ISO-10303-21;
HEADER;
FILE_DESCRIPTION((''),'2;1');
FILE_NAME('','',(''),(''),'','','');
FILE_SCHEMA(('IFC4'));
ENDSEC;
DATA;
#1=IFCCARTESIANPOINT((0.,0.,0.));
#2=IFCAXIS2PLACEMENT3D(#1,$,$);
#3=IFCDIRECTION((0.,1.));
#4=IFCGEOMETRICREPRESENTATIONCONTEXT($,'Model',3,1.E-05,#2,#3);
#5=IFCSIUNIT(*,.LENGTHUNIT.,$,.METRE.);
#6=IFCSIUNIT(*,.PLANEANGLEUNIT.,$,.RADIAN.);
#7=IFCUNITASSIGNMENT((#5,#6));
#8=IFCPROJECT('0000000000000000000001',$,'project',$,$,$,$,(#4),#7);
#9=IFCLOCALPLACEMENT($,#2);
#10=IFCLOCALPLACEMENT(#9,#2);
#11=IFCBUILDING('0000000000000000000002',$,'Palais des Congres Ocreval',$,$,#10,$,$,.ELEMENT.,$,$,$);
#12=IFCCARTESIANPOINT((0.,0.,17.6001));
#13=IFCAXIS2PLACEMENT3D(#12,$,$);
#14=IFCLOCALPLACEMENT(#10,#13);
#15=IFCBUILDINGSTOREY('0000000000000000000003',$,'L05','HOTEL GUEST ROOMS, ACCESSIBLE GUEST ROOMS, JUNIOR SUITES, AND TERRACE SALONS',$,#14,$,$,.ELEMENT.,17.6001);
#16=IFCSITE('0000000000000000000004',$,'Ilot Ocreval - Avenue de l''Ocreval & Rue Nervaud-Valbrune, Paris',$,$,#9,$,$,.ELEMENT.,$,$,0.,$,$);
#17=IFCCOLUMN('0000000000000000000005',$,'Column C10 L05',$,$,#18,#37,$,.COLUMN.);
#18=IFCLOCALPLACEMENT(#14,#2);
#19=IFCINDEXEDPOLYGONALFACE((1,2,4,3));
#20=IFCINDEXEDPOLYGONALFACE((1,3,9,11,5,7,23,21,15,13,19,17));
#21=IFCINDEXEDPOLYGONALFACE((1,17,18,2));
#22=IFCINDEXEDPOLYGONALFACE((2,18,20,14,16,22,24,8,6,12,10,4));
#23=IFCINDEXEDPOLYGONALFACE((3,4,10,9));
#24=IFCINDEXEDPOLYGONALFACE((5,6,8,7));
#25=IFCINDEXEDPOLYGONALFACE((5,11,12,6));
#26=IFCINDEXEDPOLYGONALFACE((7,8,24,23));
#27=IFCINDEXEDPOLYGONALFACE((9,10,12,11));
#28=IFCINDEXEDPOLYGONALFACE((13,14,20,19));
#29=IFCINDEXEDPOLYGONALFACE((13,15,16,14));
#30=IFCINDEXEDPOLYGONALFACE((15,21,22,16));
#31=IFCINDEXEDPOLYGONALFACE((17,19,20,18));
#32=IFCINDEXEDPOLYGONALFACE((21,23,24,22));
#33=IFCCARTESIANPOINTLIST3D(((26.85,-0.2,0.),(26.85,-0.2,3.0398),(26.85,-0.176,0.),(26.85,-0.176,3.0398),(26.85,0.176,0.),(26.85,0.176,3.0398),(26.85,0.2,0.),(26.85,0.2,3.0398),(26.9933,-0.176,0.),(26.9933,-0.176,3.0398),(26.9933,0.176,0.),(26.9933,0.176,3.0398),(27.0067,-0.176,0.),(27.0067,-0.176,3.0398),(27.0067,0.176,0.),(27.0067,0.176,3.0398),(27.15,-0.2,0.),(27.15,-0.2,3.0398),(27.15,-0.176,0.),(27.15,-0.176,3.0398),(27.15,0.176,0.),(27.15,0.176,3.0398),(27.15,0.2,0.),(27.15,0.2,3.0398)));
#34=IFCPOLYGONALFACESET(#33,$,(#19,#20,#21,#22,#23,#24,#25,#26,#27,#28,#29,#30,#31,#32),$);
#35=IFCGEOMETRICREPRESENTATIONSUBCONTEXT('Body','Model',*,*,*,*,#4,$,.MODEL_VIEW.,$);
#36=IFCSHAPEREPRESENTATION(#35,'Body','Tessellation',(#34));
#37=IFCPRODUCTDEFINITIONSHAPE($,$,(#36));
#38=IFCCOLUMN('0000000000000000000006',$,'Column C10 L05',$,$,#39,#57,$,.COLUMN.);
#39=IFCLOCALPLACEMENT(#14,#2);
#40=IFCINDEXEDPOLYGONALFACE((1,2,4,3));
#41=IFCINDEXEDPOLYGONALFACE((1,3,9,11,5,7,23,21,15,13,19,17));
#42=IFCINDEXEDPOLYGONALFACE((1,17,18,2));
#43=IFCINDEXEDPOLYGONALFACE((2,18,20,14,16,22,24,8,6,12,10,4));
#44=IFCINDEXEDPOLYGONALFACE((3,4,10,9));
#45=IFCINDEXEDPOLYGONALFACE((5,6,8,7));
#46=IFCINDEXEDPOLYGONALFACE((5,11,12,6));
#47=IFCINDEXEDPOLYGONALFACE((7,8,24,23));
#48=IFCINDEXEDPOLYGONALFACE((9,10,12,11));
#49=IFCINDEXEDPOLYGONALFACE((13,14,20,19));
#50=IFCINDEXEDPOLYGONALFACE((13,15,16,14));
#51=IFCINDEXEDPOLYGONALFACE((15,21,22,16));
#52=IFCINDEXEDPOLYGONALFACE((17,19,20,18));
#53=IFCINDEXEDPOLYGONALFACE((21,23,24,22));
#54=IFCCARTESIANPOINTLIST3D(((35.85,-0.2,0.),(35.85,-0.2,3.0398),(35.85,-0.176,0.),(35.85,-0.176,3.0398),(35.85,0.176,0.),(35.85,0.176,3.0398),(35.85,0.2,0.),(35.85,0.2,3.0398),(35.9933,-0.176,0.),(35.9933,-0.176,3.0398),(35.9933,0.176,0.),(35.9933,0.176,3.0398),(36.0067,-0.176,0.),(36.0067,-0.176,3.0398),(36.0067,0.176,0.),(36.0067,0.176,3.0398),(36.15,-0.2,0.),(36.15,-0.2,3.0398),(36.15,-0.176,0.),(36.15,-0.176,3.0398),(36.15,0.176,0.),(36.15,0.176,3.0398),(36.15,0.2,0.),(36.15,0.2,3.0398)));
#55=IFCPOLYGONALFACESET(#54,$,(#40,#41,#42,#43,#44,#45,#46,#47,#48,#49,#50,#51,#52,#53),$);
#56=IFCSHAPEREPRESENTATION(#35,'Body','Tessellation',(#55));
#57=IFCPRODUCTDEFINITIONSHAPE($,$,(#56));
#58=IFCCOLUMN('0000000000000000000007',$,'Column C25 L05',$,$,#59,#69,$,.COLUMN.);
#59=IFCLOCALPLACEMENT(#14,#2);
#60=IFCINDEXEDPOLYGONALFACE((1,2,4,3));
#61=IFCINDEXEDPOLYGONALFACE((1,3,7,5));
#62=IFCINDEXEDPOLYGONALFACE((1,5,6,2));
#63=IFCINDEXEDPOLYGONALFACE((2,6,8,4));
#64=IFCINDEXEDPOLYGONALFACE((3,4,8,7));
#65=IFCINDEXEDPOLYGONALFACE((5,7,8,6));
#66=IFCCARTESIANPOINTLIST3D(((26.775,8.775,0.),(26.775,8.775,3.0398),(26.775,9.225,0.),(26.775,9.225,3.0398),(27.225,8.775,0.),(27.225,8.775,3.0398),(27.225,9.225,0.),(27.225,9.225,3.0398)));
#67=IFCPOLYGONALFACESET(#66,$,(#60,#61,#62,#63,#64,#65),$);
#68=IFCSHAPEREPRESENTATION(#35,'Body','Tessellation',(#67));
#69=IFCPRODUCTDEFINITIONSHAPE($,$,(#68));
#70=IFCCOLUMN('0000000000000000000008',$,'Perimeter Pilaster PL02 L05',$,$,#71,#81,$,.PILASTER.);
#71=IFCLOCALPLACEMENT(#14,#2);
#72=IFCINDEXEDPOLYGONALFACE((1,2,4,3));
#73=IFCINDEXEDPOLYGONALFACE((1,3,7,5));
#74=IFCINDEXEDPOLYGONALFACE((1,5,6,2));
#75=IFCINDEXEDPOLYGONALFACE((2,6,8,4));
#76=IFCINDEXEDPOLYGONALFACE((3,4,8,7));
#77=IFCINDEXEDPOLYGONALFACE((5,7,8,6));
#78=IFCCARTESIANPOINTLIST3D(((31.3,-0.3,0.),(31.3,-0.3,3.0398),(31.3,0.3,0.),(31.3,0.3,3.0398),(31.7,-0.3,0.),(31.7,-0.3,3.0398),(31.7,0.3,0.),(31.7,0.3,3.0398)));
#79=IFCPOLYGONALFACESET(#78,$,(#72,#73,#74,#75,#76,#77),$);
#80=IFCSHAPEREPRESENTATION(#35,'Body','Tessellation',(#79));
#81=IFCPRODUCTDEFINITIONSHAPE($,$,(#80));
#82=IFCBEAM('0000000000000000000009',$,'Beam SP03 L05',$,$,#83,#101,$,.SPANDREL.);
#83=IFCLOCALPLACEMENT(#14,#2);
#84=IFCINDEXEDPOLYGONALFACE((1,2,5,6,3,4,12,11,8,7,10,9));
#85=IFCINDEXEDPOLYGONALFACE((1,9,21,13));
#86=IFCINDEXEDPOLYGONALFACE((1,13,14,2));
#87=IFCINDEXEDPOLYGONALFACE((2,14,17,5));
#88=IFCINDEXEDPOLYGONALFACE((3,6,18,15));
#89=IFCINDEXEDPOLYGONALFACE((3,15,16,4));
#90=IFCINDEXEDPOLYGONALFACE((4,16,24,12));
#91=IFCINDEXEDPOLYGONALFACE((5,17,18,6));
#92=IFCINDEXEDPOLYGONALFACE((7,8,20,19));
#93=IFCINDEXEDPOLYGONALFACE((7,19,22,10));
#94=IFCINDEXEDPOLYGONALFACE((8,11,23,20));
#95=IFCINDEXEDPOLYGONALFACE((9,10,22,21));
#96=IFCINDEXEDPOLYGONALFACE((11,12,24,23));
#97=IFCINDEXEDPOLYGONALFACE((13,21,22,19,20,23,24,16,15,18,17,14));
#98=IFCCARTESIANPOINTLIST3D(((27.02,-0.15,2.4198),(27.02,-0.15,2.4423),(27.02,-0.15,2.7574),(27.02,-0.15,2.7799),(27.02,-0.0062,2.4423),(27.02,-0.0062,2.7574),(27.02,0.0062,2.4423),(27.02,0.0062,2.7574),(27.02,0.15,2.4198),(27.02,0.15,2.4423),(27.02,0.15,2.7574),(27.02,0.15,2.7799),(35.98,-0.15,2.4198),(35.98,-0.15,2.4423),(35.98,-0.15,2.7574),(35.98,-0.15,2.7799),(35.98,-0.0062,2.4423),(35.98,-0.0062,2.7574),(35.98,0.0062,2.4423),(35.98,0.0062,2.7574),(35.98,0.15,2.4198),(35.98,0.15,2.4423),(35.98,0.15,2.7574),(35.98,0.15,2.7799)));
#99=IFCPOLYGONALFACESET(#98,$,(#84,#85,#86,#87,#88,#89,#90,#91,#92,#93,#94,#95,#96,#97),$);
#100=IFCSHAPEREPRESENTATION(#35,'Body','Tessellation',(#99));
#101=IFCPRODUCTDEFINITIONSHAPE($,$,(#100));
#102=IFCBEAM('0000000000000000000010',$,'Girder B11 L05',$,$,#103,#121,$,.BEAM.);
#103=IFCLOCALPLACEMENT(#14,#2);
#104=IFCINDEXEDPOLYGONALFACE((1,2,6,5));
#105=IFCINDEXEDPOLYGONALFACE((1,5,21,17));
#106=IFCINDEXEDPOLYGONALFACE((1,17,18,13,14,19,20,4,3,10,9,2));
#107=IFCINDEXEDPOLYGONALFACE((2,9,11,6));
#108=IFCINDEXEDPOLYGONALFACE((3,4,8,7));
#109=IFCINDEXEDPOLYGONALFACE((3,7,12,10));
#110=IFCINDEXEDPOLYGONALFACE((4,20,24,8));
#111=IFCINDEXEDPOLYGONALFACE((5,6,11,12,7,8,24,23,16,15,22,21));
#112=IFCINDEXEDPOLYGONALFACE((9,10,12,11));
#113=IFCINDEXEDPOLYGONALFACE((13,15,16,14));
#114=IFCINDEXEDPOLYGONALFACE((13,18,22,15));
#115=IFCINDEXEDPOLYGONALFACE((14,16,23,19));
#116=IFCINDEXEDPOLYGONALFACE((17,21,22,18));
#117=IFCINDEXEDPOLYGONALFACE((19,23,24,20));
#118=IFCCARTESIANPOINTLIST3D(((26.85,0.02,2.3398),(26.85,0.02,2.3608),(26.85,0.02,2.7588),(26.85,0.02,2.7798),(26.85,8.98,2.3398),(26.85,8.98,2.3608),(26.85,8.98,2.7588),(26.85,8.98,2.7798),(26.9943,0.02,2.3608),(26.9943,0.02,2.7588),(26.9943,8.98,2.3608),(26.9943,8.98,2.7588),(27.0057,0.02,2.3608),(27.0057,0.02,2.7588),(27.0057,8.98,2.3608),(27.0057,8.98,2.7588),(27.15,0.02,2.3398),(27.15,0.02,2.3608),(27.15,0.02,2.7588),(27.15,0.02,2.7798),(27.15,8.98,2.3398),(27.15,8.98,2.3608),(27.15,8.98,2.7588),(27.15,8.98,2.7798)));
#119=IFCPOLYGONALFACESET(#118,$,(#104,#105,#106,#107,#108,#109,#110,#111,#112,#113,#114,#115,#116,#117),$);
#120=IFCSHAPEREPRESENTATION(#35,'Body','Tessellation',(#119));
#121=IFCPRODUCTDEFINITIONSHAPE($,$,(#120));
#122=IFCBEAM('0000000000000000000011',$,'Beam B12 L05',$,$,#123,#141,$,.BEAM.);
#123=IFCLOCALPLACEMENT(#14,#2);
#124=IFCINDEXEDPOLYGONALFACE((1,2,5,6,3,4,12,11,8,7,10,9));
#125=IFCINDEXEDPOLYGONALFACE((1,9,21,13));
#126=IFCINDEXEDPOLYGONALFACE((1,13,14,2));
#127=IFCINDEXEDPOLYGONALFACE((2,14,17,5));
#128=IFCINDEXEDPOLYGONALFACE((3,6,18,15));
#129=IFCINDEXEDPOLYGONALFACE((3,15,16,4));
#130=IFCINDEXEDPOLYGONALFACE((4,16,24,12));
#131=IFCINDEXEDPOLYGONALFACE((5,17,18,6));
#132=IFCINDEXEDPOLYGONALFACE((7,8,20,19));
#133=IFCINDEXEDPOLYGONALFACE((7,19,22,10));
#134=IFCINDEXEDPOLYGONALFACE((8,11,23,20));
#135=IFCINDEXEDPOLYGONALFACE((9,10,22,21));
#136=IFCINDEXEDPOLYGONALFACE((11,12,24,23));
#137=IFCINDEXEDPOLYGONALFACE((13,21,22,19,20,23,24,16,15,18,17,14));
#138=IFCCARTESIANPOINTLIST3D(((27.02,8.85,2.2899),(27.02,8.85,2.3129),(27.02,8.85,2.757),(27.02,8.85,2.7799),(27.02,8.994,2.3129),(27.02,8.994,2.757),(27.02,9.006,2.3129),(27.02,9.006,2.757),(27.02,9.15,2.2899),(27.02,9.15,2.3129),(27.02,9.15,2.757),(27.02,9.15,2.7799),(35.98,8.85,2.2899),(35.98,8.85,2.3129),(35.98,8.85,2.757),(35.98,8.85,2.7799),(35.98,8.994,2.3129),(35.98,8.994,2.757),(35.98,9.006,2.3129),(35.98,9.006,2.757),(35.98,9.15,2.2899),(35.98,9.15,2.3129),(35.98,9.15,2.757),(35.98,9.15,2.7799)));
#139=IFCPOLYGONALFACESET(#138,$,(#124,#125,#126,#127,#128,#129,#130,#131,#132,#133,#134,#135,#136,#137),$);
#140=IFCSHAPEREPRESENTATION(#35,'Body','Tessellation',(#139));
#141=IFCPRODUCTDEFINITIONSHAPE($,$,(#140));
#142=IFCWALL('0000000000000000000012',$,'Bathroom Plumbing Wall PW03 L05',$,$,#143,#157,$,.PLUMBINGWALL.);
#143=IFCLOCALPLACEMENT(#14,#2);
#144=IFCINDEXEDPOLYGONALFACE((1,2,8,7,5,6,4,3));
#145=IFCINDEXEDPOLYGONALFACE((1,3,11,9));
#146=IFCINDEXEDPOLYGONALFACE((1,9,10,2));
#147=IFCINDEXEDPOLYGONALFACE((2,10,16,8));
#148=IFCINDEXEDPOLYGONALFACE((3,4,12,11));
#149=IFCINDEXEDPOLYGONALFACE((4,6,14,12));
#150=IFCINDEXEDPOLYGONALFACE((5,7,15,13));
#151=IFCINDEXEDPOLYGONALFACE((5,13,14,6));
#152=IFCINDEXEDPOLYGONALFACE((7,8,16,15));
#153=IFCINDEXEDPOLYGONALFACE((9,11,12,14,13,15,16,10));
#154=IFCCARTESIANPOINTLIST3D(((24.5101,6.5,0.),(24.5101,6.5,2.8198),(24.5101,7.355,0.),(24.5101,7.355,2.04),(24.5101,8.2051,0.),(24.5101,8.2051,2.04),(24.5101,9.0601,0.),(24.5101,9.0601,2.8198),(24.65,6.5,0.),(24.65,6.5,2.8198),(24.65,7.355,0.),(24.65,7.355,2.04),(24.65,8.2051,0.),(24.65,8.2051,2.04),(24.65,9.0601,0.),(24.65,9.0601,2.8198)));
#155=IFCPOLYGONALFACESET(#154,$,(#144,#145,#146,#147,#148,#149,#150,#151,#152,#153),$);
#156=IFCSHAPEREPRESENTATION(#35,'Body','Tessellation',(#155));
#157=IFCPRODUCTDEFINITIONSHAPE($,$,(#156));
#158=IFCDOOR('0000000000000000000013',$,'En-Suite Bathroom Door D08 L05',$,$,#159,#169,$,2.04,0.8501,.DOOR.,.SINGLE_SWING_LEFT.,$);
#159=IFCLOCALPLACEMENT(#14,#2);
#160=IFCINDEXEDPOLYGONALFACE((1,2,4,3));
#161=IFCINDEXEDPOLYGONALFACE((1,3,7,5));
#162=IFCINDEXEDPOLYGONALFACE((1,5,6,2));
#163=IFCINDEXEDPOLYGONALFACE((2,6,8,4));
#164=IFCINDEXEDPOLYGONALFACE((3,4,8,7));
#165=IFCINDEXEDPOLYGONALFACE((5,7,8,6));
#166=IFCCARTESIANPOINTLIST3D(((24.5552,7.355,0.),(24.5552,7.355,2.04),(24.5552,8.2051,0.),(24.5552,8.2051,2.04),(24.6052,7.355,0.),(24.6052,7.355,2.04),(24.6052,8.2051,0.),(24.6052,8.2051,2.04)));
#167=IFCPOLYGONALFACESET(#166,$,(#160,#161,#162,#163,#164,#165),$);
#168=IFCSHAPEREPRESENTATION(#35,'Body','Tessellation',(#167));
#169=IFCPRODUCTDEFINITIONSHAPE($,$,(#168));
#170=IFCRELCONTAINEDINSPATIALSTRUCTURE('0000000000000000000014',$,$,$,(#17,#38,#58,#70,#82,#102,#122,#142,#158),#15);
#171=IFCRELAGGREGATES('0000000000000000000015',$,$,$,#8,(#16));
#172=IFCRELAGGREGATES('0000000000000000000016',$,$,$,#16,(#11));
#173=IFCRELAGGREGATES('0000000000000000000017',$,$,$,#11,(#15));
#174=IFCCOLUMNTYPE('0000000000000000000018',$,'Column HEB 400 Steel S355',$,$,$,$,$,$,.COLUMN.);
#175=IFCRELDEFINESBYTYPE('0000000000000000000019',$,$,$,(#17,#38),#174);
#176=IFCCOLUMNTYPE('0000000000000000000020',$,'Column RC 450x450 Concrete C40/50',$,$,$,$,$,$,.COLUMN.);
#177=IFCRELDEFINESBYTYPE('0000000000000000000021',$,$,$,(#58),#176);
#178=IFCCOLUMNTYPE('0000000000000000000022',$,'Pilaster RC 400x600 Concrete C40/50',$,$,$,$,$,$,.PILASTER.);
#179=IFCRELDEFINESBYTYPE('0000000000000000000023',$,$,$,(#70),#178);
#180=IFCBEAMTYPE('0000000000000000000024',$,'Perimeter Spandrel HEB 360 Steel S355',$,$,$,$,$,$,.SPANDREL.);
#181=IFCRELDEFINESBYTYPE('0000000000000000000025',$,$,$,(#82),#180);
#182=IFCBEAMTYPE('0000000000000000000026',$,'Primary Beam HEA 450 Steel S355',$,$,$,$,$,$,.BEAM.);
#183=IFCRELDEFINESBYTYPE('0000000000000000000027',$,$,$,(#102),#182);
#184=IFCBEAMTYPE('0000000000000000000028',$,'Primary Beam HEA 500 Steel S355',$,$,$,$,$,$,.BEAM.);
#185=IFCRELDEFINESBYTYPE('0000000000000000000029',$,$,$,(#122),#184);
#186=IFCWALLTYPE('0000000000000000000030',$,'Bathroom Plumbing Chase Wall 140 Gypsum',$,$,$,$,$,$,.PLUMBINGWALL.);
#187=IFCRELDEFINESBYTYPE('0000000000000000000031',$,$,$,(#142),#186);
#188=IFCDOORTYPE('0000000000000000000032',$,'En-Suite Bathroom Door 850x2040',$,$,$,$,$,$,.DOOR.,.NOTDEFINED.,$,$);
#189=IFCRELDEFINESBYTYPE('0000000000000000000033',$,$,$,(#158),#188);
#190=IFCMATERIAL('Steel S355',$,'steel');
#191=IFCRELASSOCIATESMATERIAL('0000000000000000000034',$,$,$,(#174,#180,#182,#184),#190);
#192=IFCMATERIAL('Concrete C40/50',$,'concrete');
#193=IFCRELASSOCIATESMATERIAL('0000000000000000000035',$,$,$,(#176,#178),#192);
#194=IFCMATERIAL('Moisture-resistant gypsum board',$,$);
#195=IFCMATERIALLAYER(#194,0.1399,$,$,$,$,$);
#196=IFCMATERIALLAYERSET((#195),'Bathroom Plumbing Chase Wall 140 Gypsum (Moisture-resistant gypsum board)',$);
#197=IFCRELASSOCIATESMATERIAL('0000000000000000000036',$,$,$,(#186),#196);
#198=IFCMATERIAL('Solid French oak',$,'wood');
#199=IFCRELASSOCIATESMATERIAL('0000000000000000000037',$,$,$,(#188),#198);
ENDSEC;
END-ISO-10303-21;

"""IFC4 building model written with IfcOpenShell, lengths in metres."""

from ifc_helpers import new_model, si_unit, direction, frame, frame_2d, origin, origin_2d, place, context, subcontext, project, spatial, rectangle, i_section, extrude, material, layer, layer_set, material_profile, profile_set, type_object, element, fill, save


model = new_model("IFC4")

# Units and contexts
model_context = context("Model", 3, precision=1e-05, world=origin(), true_north=direction((0.0, 1.0)))
body_context = subcontext(model_context, "Body", "Model", "MODEL_VIEW")
ifc_project = project(units=[si_unit("LENGTHUNIT", "METRE"), si_unit("PLANEANGLEUNIT", "RADIAN")], contexts=[model_context])

# Site, building, storey
site_placement = place(None, origin())
site = spatial("IfcSite", under=ifc_project, at=site_placement, Name="Ilot Ocreval - Avenue de l'Ocreval & Rue Nervaud-Valbrune, Paris", CompositionType="ELEMENT", RefElevation=0.0)
building_placement = place(site_placement, origin())
building = spatial("IfcBuilding", under=site, at=building_placement, Name="Palais des Congres Ocreval", CompositionType="ELEMENT")
storey_placement = place(building_placement, frame((0.0, 0.0, 17.6001)))
storey = spatial("IfcBuildingStorey", under=building, at=storey_placement, Name="L05", Description="HOTEL GUEST ROOMS, ACCESSIBLE GUEST ROOMS, JUNIOR SUITES, AND TERRACE SALONS", CompositionType="ELEMENT", Elevation=17.6001)

# Columns
ifc_material_1 = material(Name="Steel S355", Category="steel")
ifc_material_profile_1 = material_profile(ifc_material_1, i_section(OverallWidth=0.3, OverallDepth=0.3999, WebThickness=0.0134, FlangeThickness=0.0239, at=origin_2d()), Name="HEB 400")
ifc_profile_set_1 = profile_set([ifc_material_profile_1], Name="Steel S355")
column_type_1 = type_object("IfcColumnType", Name="Column HEB 400 Steel S355", PredefinedType="COLUMN", material=ifc_profile_set_1)
for number, where, z_axis, x_axis, name in (
    (1, (27.0, 0.0, 0.0), (0.0, 0.0, 1.0), (1.0, 0.0, 0.0), "Column C10 L05"),
    (2, (36.0, 0.0, 0.0), (0.0, 0.0, 1.0), (1.0, 0.0, 0.0), "Column C10 L05"),
):
    element("IfcColumn", number, at=place(storey_placement, frame(where, z_axis=z_axis, x_axis=x_axis)), inside=storey, type_object=column_type_1, Name=name, PredefinedType="COLUMN", context=body_context, shape_type="SweptSolid", body=[
        extrude(i_section(OverallWidth=0.3, OverallDepth=0.3999, WebThickness=0.0134, FlangeThickness=0.0239, at=origin_2d()), origin(), (0.0, 0.0, 1.0), 3.0398),
    ])
ifc_material_2 = material(Name="Concrete C40/50", Category="concrete")
ifc_material_profile_2 = material_profile(ifc_material_2, rectangle(XDim=0.45, YDim=0.45, at=origin_2d()), Name="RC 450x450")
ifc_profile_set_2 = profile_set([ifc_material_profile_2], Name="Concrete C40/50")
column_type_2 = type_object("IfcColumnType", Name="Column RC 450x450 Concrete C40/50", PredefinedType="COLUMN", material=ifc_profile_set_2)
column_1_placement = place(storey_placement, frame((27.0, 9.0, 0.0), z_axis=(0.0, 0.0, 1.0), x_axis=(1.0, 0.0, 0.0)))
element("IfcColumn", 3, at=column_1_placement, inside=storey, type_object=column_type_2, Name="Column C25 L05", PredefinedType="COLUMN", context=body_context, shape_type="SweptSolid", body=[
    extrude(rectangle(XDim=0.45, YDim=0.45, at=origin_2d()), origin(), (0.0, 0.0, 1.0), 3.0398),
])
ifc_material_profile_3 = material_profile(ifc_material_2, rectangle(XDim=0.3999, YDim=0.6001, at=origin_2d()), Name="RC 400x600")
ifc_profile_set_3 = profile_set([ifc_material_profile_3], Name="Concrete C40/50")
column_type_3 = type_object("IfcColumnType", Name="Pilaster RC 400x600 Concrete C40/50", PredefinedType="PILASTER", material=ifc_profile_set_3)
column_2_placement = place(storey_placement, frame((31.5, 0.0, 0.0), z_axis=(0.0, 0.0, 1.0), x_axis=(1.0, 0.0, 0.0)))
element("IfcColumn", 4, at=column_2_placement, inside=storey, type_object=column_type_3, Name="Perimeter Pilaster PL02 L05", PredefinedType="PILASTER", context=body_context, shape_type="SweptSolid", body=[
    extrude(rectangle(XDim=0.3999, YDim=0.6001, at=origin_2d()), origin(), (0.0, 0.0, 1.0), 3.0398),
])

# Beams
ifc_material_profile_4 = material_profile(ifc_material_1, i_section(OverallWidth=0.3, OverallDepth=0.3601, WebThickness=0.0125, FlangeThickness=0.0225, at=origin_2d()), Name="HEB 360")
ifc_profile_set_4 = profile_set([ifc_material_profile_4], Name="Steel S355")
beam_type_1 = type_object("IfcBeamType", Name="Perimeter Spandrel HEB 360 Steel S355", PredefinedType="SPANDREL", material=ifc_profile_set_4)
beam_1_placement = place(storey_placement, frame((27.02, 0.0, 2.5999), z_axis=(1.0, 0.0, 0.0), x_axis=(0.0, 1.0, 0.0)))
element("IfcBeam", 5, at=beam_1_placement, inside=storey, type_object=beam_type_1, Name="Beam SP03 L05", PredefinedType="SPANDREL", context=body_context, shape_type="SweptSolid", body=[
    extrude(i_section(OverallWidth=0.3, OverallDepth=0.3601, WebThickness=0.0125, FlangeThickness=0.0225, at=origin_2d()), origin(), (0.0, 0.0, 1.0), 8.96),
])
ifc_material_profile_5 = material_profile(ifc_material_1, i_section(OverallWidth=0.3, OverallDepth=0.4399, WebThickness=0.0115, FlangeThickness=0.021, at=origin_2d()), Name="HEA 450")
ifc_profile_set_5 = profile_set([ifc_material_profile_5], Name="Steel S355")
beam_type_2 = type_object("IfcBeamType", Name="Primary Beam HEA 450 Steel S355", PredefinedType="BEAM", material=ifc_profile_set_5)
beam_2_placement = place(storey_placement, frame((27.0, 0.02, 2.5598), z_axis=(0.0, 1.0, 0.0), x_axis=(-1.0, 0.0, 0.0)))
element("IfcBeam", 6, at=beam_2_placement, inside=storey, type_object=beam_type_2, Name="Girder B11 L05", PredefinedType="BEAM", context=body_context, shape_type="SweptSolid", body=[
    extrude(i_section(OverallWidth=0.3, OverallDepth=0.4399, WebThickness=0.0115, FlangeThickness=0.021, at=origin_2d()), origin(), (0.0, 0.0, 1.0), 8.96),
])
ifc_material_profile_6 = material_profile(ifc_material_1, i_section(OverallWidth=0.3, OverallDepth=0.49, WebThickness=0.012, FlangeThickness=0.0229, at=origin_2d()), Name="HEA 500")
ifc_profile_set_6 = profile_set([ifc_material_profile_6], Name="Steel S355")
beam_type_3 = type_object("IfcBeamType", Name="Primary Beam HEA 500 Steel S355", PredefinedType="BEAM", material=ifc_profile_set_6)
beam_3_placement = place(storey_placement, frame((27.02, 9.0, 2.5349), z_axis=(1.0, 0.0, 0.0), x_axis=(0.0, 1.0, 0.0)))
element("IfcBeam", 7, at=beam_3_placement, inside=storey, type_object=beam_type_3, Name="Beam B12 L05", PredefinedType="BEAM", context=body_context, shape_type="SweptSolid", body=[
    extrude(i_section(OverallWidth=0.3, OverallDepth=0.49, WebThickness=0.012, FlangeThickness=0.0229, at=origin_2d()), origin(), (0.0, 0.0, 1.0), 8.96),
])

# Wall, opening, door
ifc_material_3 = material(Name="Moisture-resistant gypsum board")
ifc_layer_1 = layer(ifc_material_3, 0.1399)
ifc_layer_set_1 = layer_set([ifc_layer_1], Name="Bathroom Plumbing Chase Wall 140 Gypsum (Moisture-resistant gypsum board)")
wall_type_1 = type_object("IfcWallType", Name="Bathroom Plumbing Chase Wall 140 Gypsum", PredefinedType="PLUMBINGWALL", material=ifc_layer_set_1)
wall_1_placement = place(storey_placement, frame((24.5801, 6.5, 0.0), z_axis=(0.0, 0.0, 1.0), x_axis=(0.0, 1.0, 0.0)))
wall_1 = element("IfcWall", 8, at=wall_1_placement, inside=storey, type_object=wall_type_1, Name="Bathroom Plumbing Wall PW03 L05", PredefinedType="PLUMBINGWALL", context=body_context, shape_type="SweptSolid", body=[
    extrude(rectangle(XDim=2.5601, YDim=0.1399, at=frame_2d((1.28, 0.0))), origin(), (0.0, 0.0, 1.0), 2.8198),
])
opening_1_placement = place(wall_1_placement, frame((0.855, 0.0, 0.0)))
opening_1 = element("IfcOpeningElement", 9, at=opening_1_placement, cuts=wall_1, PredefinedType="OPENING", context=body_context, shape_type="SweptSolid", body=[
    extrude(rectangle(XDim=0.8501, YDim=2.04, at=frame_2d((0.425, 1.02))), frame((0.0, 0.0798, 0.0), z_axis=(0.0, -1.0, 0.0), x_axis=(1.0, 0.0, 0.0)), (0.0, 0.0, 1.0), 0.1599),
])
ifc_material_4 = material(Name="Solid French oak", Category="wood")
door_type = type_object("IfcDoorType", Name="En-Suite Bathroom Door 850x2040", OperationType="NOTDEFINED", PredefinedType="DOOR", material=ifc_material_4)
door_1_placement = place(opening_1_placement, origin())
door_1 = element("IfcDoor", 10, at=door_1_placement, inside=storey, type_object=door_type, Name="En-Suite Bathroom Door D08 L05", OperationType="SINGLE_SWING_LEFT", OverallHeight=2.04, OverallWidth=0.8501, PredefinedType="DOOR", context=body_context, shape_type="SweptSolid", body=[
    extrude(rectangle(XDim=0.8501, YDim=2.04, at=frame_2d((0.425, 1.02))), frame((0.0, 0.0249, 0.0), z_axis=(0.0, -1.0, 0.0), x_axis=(1.0, 0.0, 0.0)), (0.0, 0.0, 1.0), 0.05),
])
fill(opening_1, door_1)

save(model, "model.ifc")
